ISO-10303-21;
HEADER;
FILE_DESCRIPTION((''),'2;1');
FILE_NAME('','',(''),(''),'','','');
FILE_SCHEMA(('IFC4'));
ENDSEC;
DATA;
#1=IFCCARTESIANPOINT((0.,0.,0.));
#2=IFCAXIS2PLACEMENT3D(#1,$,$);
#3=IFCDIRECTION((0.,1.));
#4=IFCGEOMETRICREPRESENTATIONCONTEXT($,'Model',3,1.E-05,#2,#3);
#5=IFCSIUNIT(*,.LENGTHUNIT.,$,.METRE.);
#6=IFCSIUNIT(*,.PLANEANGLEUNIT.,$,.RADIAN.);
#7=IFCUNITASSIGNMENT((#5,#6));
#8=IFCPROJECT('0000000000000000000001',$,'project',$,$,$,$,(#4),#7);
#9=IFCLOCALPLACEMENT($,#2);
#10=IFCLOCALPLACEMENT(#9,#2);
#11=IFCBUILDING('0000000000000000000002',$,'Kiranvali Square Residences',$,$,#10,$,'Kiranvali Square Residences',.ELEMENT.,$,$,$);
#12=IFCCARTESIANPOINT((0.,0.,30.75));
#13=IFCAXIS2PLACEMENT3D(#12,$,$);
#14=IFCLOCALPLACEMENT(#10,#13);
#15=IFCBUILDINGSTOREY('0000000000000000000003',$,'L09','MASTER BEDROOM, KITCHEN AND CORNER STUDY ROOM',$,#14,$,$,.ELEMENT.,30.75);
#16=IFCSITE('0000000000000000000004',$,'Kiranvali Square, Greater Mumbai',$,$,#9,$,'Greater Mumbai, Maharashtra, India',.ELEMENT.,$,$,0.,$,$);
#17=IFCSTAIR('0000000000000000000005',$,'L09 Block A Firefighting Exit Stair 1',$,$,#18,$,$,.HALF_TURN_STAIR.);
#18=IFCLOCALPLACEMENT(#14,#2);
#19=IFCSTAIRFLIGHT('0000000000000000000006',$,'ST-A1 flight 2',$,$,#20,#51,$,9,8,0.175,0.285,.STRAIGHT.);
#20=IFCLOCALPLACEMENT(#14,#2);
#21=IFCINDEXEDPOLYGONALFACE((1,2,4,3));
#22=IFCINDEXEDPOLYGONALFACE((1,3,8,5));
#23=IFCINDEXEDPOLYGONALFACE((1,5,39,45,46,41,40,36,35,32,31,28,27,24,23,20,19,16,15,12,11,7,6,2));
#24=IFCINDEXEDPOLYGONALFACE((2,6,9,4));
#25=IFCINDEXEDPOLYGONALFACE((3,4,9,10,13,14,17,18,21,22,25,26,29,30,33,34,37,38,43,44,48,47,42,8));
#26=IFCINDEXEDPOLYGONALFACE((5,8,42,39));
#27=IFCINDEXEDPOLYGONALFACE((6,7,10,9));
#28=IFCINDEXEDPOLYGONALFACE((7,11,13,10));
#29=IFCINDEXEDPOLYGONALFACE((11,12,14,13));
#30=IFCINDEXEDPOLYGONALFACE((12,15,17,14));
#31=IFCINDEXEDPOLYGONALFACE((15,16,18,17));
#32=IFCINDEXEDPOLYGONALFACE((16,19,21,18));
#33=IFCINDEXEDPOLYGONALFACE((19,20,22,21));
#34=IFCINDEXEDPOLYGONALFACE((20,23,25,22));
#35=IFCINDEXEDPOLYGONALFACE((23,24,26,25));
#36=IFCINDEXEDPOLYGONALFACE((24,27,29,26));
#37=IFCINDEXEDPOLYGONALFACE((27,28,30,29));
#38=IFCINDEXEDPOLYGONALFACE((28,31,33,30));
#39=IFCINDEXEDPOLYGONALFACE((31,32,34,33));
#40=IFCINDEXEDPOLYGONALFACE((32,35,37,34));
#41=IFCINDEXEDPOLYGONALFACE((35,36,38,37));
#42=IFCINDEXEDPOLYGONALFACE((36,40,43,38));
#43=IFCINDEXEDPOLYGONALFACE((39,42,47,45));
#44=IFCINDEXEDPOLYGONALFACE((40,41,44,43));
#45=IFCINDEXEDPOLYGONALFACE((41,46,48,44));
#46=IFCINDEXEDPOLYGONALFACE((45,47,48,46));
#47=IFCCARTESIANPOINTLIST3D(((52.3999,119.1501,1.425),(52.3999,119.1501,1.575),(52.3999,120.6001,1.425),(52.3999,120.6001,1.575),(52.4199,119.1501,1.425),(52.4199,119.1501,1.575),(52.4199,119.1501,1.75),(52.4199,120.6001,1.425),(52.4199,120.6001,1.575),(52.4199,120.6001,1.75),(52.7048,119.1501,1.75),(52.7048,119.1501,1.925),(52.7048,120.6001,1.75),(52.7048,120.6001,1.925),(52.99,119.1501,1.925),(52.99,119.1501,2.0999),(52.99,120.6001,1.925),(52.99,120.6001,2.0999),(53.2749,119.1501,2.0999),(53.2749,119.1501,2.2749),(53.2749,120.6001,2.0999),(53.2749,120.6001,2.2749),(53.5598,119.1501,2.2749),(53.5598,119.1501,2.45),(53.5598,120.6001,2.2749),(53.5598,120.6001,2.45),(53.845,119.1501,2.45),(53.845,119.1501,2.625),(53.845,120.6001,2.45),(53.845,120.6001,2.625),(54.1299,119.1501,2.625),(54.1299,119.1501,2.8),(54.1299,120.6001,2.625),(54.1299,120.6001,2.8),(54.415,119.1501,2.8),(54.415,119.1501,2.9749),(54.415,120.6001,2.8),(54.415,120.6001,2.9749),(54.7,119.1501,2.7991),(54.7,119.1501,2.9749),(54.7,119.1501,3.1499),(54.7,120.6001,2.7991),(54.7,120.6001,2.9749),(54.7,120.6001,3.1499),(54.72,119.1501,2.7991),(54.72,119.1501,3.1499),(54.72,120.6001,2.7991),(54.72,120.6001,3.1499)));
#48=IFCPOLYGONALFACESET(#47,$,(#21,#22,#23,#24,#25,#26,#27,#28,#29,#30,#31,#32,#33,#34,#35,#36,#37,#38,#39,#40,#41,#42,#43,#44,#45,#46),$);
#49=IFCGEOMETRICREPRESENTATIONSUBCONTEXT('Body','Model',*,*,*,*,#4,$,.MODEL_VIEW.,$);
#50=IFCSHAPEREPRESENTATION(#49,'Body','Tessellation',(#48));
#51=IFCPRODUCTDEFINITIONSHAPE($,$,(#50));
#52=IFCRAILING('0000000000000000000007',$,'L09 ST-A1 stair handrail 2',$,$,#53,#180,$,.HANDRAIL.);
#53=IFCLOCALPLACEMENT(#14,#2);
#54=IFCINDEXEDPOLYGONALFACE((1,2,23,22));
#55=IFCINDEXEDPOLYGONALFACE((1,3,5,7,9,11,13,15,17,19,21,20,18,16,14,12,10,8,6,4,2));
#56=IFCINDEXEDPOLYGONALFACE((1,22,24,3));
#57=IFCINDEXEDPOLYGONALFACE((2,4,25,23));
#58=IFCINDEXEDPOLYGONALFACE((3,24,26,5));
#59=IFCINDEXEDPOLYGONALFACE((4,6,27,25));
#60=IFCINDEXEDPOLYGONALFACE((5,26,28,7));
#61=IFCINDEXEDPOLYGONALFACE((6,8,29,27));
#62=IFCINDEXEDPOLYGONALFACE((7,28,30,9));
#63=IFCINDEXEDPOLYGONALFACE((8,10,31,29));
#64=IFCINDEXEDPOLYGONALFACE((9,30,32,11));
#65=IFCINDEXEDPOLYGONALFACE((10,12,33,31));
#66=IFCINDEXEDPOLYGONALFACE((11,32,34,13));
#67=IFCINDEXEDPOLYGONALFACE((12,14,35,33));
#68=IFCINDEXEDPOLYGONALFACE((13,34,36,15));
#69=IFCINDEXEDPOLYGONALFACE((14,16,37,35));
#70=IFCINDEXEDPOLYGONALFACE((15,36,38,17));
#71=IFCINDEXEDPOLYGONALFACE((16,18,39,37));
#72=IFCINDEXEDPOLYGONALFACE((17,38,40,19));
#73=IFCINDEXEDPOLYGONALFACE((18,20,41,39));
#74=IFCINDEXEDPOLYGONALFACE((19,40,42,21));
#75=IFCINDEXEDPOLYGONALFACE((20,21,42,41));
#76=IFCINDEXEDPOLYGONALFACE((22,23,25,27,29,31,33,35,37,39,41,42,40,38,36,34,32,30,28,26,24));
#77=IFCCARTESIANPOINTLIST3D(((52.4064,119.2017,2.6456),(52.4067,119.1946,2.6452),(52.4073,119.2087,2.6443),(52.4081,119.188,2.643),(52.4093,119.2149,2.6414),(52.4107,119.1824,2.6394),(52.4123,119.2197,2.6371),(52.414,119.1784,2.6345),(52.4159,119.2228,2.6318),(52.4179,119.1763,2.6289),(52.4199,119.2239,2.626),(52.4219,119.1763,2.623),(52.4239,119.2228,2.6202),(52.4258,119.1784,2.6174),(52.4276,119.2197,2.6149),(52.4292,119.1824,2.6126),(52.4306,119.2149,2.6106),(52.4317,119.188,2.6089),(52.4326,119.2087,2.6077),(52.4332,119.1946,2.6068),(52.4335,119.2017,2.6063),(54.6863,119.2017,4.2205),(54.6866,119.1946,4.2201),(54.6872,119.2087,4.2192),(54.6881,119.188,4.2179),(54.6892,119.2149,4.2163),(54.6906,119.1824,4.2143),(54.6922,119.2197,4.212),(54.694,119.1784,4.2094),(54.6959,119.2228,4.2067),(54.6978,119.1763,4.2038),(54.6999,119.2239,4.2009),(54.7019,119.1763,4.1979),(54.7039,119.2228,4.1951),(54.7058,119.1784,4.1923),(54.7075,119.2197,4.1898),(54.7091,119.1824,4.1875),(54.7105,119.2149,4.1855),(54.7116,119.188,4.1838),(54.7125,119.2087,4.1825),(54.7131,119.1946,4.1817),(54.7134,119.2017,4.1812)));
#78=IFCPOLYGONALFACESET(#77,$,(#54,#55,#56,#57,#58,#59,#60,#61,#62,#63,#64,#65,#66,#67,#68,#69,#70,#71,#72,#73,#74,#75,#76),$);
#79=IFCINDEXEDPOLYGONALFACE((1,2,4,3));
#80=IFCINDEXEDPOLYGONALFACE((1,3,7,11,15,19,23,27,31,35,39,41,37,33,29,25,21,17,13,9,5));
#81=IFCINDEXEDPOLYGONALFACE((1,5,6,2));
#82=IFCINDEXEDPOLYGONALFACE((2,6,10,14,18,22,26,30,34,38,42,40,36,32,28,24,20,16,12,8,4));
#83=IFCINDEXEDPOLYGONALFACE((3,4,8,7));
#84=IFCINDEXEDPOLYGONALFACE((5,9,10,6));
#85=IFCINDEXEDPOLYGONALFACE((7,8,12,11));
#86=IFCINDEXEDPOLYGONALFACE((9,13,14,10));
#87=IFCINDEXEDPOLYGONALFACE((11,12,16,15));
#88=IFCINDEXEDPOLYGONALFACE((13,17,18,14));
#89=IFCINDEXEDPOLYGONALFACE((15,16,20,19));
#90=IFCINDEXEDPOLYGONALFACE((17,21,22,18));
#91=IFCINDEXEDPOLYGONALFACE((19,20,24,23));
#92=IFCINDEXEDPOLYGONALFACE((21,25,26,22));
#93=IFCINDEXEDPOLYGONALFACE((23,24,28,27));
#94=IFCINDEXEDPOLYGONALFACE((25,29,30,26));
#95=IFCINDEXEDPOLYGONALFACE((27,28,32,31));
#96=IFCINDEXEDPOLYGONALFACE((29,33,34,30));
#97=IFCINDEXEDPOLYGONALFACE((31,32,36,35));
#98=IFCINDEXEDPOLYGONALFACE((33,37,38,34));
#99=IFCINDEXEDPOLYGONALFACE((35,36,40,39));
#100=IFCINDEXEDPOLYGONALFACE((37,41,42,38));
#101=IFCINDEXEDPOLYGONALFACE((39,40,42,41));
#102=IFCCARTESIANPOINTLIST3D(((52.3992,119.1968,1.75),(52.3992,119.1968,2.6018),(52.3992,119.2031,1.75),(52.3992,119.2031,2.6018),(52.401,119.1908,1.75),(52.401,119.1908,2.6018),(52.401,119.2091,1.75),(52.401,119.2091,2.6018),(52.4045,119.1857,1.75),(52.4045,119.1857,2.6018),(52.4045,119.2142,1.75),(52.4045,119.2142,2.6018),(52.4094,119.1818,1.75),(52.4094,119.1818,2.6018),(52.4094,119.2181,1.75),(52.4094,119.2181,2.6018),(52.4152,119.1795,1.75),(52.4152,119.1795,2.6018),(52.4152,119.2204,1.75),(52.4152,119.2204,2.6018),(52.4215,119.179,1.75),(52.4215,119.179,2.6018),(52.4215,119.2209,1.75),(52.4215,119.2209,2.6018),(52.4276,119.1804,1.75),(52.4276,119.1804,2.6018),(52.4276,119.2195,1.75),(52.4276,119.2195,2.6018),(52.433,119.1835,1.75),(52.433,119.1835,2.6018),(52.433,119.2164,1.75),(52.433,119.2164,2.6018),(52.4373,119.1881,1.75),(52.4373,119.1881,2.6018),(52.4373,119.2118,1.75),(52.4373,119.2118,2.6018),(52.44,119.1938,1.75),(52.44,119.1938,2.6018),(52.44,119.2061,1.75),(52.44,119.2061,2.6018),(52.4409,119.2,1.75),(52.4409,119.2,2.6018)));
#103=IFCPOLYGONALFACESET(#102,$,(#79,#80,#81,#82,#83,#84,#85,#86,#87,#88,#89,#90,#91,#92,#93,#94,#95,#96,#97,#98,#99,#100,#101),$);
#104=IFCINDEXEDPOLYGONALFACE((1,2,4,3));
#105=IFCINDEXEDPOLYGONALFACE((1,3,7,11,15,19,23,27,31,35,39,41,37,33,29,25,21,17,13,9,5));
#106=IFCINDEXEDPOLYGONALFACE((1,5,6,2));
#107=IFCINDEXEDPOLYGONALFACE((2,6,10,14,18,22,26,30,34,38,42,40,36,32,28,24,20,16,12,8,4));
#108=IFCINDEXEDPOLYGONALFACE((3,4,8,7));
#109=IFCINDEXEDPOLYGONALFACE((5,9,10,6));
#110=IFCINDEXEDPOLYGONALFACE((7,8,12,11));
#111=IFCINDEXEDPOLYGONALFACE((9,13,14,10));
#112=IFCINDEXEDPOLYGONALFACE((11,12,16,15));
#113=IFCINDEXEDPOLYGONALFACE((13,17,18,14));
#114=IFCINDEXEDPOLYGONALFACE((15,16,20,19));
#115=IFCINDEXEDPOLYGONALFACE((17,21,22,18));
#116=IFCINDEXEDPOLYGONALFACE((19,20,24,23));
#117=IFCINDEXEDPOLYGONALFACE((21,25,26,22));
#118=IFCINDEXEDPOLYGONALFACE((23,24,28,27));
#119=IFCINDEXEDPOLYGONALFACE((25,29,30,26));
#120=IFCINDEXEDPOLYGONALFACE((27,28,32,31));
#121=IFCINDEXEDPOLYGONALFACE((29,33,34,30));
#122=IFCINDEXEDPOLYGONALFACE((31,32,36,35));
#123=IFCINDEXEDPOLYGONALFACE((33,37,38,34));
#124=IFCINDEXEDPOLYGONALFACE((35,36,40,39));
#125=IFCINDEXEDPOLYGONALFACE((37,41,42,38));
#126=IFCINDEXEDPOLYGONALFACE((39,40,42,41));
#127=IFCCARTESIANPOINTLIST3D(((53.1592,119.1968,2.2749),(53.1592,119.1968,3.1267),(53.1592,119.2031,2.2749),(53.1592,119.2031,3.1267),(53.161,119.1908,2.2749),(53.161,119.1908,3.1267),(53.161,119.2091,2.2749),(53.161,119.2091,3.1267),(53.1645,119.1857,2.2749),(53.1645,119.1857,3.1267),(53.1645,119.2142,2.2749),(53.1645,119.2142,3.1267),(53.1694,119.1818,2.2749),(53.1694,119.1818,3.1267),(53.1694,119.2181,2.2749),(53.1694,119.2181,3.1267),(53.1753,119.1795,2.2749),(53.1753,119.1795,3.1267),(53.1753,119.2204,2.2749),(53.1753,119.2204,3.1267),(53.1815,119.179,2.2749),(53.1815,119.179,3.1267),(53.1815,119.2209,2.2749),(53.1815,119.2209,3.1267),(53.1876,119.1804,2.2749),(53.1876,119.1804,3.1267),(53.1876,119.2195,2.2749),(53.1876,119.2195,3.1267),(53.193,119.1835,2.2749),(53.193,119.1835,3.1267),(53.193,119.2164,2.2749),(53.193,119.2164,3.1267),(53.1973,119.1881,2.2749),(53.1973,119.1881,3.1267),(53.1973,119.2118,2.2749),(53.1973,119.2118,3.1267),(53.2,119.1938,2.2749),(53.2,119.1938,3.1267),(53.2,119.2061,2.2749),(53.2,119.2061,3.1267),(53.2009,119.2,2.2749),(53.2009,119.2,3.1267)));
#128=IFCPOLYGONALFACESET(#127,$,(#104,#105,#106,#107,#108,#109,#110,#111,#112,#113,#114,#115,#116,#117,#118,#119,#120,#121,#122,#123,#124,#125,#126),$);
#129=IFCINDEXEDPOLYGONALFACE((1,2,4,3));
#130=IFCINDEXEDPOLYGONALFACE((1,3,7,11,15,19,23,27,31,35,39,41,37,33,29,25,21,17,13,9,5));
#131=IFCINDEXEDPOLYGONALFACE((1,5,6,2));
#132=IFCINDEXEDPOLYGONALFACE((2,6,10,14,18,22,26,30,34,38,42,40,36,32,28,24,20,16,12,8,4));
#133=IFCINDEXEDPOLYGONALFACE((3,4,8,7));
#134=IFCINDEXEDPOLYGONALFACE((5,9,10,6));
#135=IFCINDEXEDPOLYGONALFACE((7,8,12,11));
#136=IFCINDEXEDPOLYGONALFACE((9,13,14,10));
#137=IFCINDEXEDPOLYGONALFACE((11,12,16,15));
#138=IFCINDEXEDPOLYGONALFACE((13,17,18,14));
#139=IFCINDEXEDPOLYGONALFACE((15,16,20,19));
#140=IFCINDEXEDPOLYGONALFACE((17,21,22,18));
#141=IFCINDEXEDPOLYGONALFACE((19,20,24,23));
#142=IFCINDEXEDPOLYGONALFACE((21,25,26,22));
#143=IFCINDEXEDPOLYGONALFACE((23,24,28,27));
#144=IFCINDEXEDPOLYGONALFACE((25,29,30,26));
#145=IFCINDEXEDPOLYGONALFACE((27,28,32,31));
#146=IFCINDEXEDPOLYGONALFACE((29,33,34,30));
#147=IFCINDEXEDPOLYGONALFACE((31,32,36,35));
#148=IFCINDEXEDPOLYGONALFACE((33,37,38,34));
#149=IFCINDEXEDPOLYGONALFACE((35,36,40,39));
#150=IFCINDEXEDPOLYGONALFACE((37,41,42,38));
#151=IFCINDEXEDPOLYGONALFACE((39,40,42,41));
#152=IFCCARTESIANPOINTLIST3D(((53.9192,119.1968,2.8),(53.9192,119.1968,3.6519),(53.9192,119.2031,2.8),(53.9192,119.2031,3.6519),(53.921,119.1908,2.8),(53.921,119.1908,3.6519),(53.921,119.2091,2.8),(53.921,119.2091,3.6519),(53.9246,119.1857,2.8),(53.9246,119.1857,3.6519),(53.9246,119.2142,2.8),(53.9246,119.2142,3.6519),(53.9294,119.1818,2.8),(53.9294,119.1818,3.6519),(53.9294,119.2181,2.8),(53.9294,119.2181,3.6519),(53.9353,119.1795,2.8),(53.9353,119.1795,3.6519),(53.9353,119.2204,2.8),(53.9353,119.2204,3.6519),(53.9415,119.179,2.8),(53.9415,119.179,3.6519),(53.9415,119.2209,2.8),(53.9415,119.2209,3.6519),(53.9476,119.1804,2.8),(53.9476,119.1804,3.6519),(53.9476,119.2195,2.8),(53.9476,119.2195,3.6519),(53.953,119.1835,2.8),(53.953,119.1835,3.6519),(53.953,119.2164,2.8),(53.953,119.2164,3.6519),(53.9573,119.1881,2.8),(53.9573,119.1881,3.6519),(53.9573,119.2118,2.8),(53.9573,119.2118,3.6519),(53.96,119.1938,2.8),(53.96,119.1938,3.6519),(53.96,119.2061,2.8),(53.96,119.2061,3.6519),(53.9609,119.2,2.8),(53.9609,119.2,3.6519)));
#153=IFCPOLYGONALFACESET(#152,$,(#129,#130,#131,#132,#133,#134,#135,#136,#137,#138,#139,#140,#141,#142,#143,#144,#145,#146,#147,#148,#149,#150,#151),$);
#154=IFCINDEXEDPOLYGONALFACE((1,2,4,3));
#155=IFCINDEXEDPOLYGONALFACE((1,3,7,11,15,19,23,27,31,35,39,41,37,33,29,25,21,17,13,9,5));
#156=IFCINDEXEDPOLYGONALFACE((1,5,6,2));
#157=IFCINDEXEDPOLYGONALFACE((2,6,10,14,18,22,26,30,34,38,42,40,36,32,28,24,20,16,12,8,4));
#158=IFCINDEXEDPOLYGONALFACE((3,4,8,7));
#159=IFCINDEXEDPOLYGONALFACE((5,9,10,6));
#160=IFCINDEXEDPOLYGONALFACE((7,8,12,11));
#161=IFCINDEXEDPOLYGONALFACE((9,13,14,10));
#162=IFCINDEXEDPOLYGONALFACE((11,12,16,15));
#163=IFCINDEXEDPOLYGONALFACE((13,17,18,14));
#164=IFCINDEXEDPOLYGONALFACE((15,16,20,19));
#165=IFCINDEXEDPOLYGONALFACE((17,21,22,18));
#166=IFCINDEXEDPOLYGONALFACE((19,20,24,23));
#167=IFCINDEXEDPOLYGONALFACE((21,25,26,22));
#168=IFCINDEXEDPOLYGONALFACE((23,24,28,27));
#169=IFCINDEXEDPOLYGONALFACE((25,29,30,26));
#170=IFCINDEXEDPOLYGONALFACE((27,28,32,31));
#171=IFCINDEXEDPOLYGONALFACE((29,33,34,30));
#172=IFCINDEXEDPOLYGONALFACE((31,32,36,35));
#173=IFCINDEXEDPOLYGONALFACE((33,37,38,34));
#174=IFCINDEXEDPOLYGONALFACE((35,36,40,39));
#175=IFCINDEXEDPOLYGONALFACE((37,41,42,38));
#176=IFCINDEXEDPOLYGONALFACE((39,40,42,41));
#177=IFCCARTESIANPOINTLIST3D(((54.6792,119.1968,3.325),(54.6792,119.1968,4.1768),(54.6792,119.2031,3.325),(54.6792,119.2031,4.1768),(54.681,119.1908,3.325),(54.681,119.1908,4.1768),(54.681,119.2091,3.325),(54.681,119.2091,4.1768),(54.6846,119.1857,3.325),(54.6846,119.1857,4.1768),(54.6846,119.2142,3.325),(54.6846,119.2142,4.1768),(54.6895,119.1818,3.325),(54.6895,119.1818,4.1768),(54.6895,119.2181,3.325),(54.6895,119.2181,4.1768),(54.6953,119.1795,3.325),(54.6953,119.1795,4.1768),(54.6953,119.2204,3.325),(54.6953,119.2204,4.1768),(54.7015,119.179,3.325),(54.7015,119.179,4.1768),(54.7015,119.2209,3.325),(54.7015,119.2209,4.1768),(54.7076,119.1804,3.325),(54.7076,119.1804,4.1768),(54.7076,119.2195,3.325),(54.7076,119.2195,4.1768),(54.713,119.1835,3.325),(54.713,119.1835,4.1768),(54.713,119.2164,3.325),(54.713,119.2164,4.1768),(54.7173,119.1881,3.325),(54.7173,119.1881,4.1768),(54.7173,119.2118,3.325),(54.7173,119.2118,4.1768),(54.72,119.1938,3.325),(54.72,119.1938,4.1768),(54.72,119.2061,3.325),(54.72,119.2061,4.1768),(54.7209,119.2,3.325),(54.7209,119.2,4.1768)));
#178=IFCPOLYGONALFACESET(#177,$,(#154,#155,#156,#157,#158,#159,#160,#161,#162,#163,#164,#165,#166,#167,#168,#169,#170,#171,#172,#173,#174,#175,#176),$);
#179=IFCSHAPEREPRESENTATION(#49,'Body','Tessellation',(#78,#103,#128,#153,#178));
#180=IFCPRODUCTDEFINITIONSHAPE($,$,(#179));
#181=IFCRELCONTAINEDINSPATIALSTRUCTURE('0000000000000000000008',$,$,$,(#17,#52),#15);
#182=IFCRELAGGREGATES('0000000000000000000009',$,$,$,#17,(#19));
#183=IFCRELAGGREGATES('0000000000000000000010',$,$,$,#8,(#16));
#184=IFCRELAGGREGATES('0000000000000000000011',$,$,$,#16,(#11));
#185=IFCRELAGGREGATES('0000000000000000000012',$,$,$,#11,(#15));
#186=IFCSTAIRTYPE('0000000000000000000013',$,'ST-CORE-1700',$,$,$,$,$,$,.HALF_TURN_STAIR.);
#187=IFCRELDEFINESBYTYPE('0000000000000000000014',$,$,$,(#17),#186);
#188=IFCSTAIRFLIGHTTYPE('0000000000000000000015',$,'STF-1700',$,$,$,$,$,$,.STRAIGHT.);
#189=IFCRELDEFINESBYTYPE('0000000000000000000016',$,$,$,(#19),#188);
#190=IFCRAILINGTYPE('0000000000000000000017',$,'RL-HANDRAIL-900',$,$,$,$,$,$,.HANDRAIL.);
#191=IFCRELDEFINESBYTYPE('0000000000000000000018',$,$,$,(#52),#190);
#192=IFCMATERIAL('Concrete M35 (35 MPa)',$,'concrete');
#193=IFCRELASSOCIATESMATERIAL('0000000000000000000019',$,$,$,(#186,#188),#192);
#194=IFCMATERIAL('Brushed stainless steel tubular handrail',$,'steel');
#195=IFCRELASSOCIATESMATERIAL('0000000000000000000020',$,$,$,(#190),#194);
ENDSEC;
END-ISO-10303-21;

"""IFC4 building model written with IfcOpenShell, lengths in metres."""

from ifc_helpers import new_model, si_unit, direction, frame, origin, origin_2d, place, context, subcontext, project, spatial, polyline, circle, outline, extrude, material, type_object, element, aggregate, save


model = new_model("IFC4")

# Units and contexts
model_context = context("Model", 3, precision=1e-05, world=origin(), true_north=direction((0.0, 1.0)))
body_context = subcontext(model_context, "Body", "Model", "MODEL_VIEW")
ifc_project = project(units=[si_unit("LENGTHUNIT", "METRE"), si_unit("PLANEANGLEUNIT", "RADIAN")], contexts=[model_context])

# Site, building, storey
site_placement = place(None, origin())
site = spatial("IfcSite", under=ifc_project, at=site_placement, Name="Kiranvali Square, Greater Mumbai", LongName="Greater Mumbai, Maharashtra, India", CompositionType="ELEMENT", RefElevation=0.0)
building_placement = place(site_placement, origin())
building = spatial("IfcBuilding", under=site, at=building_placement, Name="Kiranvali Square Residences", LongName="Kiranvali Square Residences", CompositionType="ELEMENT")
storey_placement = place(building_placement, frame((0.0, 0.0, 30.75)))
storey = spatial("IfcBuildingStorey", under=building, at=storey_placement, Name="L09", Description="MASTER BEDROOM, KITCHEN AND CORNER STUDY ROOM", CompositionType="ELEMENT", Elevation=30.75)

# Stair, stair flight
ifc_material_1 = material(Name="Concrete M35 (35 MPa)", Category="concrete")
stair_type = type_object("IfcStairType", Name="ST-CORE-1700", PredefinedType="HALF_TURN_STAIR", material=ifc_material_1)
stair_placement = place(storey_placement, origin())
stair = element("IfcStair", 1, at=stair_placement, inside=storey, type_object=stair_type, Name="L09 Block A Firefighting Exit Stair 1", PredefinedType="HALF_TURN_STAIR")
stair_flight_type = type_object("IfcStairFlightType", Name="STF-1700", PredefinedType="STRAIGHT", material=ifc_material_1)
stair_flight_placement = place(storey_placement, frame((52.4199, 119.875, 1.575), z_axis=(0.0, 0.0, 1.0), x_axis=(1.0, 0.0, 0.0)))
stair_flight = element("IfcStairFlight", 2, at=stair_flight_placement, type_object=stair_flight_type, Name="ST-A1 flight 2", NumberOfRisers=9, NumberOfTreads=8, PredefinedType="STRAIGHT", RiserHeight=0.175, TreadLength=0.285, context=body_context, shape_type="SweptSolid", body=[
    extrude(outline(polyline([(-0.02, -0.1499), (-0.02, 0.0), (0.0, 0.0), (0.0, 0.175), (0.2849, 0.175), (0.2849, 0.3501), (0.5701, 0.3501), (0.5701, 0.5249), (0.855, 0.5249), (0.855, 0.7), (1.1399, 0.7), (1.1399, 0.875), (1.425, 0.875), (1.425, 1.05), (1.71, 1.05), (1.71, 1.2251), (1.9951, 1.2251), (1.9951, 1.3999), (2.28, 1.3999), (2.28, 1.575), (2.3, 1.575), (2.3, 1.2241), (2.28, 1.2241), (0.0, -0.1499), (-0.02, -0.1499)])), frame((0.0, 0.7251, 0.0), z_axis=(0.0, -1.0, 0.0), x_axis=(1.0, 0.0, 0.0)), (0.0, 0.0, 1.0), 1.45),
])
aggregate(stair, [stair_flight])

# Railing
ifc_material_2 = material(Name="Brushed stainless steel tubular handrail", Category="steel")
railing_type_1 = type_object("IfcRailingType", Name="RL-HANDRAIL-900", PredefinedType="HANDRAIL", material=ifc_material_2)
railing_1_placement = place(storey_placement, frame((52.4199, 119.2, 1.75)))
element("IfcRailing", 3, at=railing_1_placement, inside=storey, type_object=railing_type_1, Name="L09 ST-A1 stair handrail 2", PredefinedType="HANDRAIL", context=body_context, shape_type="SweptSolid", body=[
    extrude(circle(Radius=0.0239, at=origin_2d()), frame((0.0, 0.0, 0.876), z_axis=(0.822788, 0.0, 0.568348), x_axis=(0.0, 1.0, 0.0)), (0.0, 0.0, 1.0), 2.771),
    extrude(circle(Radius=0.021, at=origin_2d()), origin(), (0.0, 0.0, 1.0), 0.8518),
    extrude(circle(Radius=0.021, at=origin_2d()), frame((0.76, 0.0, 0.5249)), (0.0, 0.0, 1.0), 0.8518),
    extrude(circle(Radius=0.021, at=origin_2d()), frame((1.52, 0.0, 1.05)), (0.0, 0.0, 1.0), 0.8518),
    extrude(circle(Radius=0.021, at=origin_2d()), frame((2.28, 0.0, 1.575)), (0.0, 0.0, 1.0), 0.8518),
])

save(model, "model.ifc")
